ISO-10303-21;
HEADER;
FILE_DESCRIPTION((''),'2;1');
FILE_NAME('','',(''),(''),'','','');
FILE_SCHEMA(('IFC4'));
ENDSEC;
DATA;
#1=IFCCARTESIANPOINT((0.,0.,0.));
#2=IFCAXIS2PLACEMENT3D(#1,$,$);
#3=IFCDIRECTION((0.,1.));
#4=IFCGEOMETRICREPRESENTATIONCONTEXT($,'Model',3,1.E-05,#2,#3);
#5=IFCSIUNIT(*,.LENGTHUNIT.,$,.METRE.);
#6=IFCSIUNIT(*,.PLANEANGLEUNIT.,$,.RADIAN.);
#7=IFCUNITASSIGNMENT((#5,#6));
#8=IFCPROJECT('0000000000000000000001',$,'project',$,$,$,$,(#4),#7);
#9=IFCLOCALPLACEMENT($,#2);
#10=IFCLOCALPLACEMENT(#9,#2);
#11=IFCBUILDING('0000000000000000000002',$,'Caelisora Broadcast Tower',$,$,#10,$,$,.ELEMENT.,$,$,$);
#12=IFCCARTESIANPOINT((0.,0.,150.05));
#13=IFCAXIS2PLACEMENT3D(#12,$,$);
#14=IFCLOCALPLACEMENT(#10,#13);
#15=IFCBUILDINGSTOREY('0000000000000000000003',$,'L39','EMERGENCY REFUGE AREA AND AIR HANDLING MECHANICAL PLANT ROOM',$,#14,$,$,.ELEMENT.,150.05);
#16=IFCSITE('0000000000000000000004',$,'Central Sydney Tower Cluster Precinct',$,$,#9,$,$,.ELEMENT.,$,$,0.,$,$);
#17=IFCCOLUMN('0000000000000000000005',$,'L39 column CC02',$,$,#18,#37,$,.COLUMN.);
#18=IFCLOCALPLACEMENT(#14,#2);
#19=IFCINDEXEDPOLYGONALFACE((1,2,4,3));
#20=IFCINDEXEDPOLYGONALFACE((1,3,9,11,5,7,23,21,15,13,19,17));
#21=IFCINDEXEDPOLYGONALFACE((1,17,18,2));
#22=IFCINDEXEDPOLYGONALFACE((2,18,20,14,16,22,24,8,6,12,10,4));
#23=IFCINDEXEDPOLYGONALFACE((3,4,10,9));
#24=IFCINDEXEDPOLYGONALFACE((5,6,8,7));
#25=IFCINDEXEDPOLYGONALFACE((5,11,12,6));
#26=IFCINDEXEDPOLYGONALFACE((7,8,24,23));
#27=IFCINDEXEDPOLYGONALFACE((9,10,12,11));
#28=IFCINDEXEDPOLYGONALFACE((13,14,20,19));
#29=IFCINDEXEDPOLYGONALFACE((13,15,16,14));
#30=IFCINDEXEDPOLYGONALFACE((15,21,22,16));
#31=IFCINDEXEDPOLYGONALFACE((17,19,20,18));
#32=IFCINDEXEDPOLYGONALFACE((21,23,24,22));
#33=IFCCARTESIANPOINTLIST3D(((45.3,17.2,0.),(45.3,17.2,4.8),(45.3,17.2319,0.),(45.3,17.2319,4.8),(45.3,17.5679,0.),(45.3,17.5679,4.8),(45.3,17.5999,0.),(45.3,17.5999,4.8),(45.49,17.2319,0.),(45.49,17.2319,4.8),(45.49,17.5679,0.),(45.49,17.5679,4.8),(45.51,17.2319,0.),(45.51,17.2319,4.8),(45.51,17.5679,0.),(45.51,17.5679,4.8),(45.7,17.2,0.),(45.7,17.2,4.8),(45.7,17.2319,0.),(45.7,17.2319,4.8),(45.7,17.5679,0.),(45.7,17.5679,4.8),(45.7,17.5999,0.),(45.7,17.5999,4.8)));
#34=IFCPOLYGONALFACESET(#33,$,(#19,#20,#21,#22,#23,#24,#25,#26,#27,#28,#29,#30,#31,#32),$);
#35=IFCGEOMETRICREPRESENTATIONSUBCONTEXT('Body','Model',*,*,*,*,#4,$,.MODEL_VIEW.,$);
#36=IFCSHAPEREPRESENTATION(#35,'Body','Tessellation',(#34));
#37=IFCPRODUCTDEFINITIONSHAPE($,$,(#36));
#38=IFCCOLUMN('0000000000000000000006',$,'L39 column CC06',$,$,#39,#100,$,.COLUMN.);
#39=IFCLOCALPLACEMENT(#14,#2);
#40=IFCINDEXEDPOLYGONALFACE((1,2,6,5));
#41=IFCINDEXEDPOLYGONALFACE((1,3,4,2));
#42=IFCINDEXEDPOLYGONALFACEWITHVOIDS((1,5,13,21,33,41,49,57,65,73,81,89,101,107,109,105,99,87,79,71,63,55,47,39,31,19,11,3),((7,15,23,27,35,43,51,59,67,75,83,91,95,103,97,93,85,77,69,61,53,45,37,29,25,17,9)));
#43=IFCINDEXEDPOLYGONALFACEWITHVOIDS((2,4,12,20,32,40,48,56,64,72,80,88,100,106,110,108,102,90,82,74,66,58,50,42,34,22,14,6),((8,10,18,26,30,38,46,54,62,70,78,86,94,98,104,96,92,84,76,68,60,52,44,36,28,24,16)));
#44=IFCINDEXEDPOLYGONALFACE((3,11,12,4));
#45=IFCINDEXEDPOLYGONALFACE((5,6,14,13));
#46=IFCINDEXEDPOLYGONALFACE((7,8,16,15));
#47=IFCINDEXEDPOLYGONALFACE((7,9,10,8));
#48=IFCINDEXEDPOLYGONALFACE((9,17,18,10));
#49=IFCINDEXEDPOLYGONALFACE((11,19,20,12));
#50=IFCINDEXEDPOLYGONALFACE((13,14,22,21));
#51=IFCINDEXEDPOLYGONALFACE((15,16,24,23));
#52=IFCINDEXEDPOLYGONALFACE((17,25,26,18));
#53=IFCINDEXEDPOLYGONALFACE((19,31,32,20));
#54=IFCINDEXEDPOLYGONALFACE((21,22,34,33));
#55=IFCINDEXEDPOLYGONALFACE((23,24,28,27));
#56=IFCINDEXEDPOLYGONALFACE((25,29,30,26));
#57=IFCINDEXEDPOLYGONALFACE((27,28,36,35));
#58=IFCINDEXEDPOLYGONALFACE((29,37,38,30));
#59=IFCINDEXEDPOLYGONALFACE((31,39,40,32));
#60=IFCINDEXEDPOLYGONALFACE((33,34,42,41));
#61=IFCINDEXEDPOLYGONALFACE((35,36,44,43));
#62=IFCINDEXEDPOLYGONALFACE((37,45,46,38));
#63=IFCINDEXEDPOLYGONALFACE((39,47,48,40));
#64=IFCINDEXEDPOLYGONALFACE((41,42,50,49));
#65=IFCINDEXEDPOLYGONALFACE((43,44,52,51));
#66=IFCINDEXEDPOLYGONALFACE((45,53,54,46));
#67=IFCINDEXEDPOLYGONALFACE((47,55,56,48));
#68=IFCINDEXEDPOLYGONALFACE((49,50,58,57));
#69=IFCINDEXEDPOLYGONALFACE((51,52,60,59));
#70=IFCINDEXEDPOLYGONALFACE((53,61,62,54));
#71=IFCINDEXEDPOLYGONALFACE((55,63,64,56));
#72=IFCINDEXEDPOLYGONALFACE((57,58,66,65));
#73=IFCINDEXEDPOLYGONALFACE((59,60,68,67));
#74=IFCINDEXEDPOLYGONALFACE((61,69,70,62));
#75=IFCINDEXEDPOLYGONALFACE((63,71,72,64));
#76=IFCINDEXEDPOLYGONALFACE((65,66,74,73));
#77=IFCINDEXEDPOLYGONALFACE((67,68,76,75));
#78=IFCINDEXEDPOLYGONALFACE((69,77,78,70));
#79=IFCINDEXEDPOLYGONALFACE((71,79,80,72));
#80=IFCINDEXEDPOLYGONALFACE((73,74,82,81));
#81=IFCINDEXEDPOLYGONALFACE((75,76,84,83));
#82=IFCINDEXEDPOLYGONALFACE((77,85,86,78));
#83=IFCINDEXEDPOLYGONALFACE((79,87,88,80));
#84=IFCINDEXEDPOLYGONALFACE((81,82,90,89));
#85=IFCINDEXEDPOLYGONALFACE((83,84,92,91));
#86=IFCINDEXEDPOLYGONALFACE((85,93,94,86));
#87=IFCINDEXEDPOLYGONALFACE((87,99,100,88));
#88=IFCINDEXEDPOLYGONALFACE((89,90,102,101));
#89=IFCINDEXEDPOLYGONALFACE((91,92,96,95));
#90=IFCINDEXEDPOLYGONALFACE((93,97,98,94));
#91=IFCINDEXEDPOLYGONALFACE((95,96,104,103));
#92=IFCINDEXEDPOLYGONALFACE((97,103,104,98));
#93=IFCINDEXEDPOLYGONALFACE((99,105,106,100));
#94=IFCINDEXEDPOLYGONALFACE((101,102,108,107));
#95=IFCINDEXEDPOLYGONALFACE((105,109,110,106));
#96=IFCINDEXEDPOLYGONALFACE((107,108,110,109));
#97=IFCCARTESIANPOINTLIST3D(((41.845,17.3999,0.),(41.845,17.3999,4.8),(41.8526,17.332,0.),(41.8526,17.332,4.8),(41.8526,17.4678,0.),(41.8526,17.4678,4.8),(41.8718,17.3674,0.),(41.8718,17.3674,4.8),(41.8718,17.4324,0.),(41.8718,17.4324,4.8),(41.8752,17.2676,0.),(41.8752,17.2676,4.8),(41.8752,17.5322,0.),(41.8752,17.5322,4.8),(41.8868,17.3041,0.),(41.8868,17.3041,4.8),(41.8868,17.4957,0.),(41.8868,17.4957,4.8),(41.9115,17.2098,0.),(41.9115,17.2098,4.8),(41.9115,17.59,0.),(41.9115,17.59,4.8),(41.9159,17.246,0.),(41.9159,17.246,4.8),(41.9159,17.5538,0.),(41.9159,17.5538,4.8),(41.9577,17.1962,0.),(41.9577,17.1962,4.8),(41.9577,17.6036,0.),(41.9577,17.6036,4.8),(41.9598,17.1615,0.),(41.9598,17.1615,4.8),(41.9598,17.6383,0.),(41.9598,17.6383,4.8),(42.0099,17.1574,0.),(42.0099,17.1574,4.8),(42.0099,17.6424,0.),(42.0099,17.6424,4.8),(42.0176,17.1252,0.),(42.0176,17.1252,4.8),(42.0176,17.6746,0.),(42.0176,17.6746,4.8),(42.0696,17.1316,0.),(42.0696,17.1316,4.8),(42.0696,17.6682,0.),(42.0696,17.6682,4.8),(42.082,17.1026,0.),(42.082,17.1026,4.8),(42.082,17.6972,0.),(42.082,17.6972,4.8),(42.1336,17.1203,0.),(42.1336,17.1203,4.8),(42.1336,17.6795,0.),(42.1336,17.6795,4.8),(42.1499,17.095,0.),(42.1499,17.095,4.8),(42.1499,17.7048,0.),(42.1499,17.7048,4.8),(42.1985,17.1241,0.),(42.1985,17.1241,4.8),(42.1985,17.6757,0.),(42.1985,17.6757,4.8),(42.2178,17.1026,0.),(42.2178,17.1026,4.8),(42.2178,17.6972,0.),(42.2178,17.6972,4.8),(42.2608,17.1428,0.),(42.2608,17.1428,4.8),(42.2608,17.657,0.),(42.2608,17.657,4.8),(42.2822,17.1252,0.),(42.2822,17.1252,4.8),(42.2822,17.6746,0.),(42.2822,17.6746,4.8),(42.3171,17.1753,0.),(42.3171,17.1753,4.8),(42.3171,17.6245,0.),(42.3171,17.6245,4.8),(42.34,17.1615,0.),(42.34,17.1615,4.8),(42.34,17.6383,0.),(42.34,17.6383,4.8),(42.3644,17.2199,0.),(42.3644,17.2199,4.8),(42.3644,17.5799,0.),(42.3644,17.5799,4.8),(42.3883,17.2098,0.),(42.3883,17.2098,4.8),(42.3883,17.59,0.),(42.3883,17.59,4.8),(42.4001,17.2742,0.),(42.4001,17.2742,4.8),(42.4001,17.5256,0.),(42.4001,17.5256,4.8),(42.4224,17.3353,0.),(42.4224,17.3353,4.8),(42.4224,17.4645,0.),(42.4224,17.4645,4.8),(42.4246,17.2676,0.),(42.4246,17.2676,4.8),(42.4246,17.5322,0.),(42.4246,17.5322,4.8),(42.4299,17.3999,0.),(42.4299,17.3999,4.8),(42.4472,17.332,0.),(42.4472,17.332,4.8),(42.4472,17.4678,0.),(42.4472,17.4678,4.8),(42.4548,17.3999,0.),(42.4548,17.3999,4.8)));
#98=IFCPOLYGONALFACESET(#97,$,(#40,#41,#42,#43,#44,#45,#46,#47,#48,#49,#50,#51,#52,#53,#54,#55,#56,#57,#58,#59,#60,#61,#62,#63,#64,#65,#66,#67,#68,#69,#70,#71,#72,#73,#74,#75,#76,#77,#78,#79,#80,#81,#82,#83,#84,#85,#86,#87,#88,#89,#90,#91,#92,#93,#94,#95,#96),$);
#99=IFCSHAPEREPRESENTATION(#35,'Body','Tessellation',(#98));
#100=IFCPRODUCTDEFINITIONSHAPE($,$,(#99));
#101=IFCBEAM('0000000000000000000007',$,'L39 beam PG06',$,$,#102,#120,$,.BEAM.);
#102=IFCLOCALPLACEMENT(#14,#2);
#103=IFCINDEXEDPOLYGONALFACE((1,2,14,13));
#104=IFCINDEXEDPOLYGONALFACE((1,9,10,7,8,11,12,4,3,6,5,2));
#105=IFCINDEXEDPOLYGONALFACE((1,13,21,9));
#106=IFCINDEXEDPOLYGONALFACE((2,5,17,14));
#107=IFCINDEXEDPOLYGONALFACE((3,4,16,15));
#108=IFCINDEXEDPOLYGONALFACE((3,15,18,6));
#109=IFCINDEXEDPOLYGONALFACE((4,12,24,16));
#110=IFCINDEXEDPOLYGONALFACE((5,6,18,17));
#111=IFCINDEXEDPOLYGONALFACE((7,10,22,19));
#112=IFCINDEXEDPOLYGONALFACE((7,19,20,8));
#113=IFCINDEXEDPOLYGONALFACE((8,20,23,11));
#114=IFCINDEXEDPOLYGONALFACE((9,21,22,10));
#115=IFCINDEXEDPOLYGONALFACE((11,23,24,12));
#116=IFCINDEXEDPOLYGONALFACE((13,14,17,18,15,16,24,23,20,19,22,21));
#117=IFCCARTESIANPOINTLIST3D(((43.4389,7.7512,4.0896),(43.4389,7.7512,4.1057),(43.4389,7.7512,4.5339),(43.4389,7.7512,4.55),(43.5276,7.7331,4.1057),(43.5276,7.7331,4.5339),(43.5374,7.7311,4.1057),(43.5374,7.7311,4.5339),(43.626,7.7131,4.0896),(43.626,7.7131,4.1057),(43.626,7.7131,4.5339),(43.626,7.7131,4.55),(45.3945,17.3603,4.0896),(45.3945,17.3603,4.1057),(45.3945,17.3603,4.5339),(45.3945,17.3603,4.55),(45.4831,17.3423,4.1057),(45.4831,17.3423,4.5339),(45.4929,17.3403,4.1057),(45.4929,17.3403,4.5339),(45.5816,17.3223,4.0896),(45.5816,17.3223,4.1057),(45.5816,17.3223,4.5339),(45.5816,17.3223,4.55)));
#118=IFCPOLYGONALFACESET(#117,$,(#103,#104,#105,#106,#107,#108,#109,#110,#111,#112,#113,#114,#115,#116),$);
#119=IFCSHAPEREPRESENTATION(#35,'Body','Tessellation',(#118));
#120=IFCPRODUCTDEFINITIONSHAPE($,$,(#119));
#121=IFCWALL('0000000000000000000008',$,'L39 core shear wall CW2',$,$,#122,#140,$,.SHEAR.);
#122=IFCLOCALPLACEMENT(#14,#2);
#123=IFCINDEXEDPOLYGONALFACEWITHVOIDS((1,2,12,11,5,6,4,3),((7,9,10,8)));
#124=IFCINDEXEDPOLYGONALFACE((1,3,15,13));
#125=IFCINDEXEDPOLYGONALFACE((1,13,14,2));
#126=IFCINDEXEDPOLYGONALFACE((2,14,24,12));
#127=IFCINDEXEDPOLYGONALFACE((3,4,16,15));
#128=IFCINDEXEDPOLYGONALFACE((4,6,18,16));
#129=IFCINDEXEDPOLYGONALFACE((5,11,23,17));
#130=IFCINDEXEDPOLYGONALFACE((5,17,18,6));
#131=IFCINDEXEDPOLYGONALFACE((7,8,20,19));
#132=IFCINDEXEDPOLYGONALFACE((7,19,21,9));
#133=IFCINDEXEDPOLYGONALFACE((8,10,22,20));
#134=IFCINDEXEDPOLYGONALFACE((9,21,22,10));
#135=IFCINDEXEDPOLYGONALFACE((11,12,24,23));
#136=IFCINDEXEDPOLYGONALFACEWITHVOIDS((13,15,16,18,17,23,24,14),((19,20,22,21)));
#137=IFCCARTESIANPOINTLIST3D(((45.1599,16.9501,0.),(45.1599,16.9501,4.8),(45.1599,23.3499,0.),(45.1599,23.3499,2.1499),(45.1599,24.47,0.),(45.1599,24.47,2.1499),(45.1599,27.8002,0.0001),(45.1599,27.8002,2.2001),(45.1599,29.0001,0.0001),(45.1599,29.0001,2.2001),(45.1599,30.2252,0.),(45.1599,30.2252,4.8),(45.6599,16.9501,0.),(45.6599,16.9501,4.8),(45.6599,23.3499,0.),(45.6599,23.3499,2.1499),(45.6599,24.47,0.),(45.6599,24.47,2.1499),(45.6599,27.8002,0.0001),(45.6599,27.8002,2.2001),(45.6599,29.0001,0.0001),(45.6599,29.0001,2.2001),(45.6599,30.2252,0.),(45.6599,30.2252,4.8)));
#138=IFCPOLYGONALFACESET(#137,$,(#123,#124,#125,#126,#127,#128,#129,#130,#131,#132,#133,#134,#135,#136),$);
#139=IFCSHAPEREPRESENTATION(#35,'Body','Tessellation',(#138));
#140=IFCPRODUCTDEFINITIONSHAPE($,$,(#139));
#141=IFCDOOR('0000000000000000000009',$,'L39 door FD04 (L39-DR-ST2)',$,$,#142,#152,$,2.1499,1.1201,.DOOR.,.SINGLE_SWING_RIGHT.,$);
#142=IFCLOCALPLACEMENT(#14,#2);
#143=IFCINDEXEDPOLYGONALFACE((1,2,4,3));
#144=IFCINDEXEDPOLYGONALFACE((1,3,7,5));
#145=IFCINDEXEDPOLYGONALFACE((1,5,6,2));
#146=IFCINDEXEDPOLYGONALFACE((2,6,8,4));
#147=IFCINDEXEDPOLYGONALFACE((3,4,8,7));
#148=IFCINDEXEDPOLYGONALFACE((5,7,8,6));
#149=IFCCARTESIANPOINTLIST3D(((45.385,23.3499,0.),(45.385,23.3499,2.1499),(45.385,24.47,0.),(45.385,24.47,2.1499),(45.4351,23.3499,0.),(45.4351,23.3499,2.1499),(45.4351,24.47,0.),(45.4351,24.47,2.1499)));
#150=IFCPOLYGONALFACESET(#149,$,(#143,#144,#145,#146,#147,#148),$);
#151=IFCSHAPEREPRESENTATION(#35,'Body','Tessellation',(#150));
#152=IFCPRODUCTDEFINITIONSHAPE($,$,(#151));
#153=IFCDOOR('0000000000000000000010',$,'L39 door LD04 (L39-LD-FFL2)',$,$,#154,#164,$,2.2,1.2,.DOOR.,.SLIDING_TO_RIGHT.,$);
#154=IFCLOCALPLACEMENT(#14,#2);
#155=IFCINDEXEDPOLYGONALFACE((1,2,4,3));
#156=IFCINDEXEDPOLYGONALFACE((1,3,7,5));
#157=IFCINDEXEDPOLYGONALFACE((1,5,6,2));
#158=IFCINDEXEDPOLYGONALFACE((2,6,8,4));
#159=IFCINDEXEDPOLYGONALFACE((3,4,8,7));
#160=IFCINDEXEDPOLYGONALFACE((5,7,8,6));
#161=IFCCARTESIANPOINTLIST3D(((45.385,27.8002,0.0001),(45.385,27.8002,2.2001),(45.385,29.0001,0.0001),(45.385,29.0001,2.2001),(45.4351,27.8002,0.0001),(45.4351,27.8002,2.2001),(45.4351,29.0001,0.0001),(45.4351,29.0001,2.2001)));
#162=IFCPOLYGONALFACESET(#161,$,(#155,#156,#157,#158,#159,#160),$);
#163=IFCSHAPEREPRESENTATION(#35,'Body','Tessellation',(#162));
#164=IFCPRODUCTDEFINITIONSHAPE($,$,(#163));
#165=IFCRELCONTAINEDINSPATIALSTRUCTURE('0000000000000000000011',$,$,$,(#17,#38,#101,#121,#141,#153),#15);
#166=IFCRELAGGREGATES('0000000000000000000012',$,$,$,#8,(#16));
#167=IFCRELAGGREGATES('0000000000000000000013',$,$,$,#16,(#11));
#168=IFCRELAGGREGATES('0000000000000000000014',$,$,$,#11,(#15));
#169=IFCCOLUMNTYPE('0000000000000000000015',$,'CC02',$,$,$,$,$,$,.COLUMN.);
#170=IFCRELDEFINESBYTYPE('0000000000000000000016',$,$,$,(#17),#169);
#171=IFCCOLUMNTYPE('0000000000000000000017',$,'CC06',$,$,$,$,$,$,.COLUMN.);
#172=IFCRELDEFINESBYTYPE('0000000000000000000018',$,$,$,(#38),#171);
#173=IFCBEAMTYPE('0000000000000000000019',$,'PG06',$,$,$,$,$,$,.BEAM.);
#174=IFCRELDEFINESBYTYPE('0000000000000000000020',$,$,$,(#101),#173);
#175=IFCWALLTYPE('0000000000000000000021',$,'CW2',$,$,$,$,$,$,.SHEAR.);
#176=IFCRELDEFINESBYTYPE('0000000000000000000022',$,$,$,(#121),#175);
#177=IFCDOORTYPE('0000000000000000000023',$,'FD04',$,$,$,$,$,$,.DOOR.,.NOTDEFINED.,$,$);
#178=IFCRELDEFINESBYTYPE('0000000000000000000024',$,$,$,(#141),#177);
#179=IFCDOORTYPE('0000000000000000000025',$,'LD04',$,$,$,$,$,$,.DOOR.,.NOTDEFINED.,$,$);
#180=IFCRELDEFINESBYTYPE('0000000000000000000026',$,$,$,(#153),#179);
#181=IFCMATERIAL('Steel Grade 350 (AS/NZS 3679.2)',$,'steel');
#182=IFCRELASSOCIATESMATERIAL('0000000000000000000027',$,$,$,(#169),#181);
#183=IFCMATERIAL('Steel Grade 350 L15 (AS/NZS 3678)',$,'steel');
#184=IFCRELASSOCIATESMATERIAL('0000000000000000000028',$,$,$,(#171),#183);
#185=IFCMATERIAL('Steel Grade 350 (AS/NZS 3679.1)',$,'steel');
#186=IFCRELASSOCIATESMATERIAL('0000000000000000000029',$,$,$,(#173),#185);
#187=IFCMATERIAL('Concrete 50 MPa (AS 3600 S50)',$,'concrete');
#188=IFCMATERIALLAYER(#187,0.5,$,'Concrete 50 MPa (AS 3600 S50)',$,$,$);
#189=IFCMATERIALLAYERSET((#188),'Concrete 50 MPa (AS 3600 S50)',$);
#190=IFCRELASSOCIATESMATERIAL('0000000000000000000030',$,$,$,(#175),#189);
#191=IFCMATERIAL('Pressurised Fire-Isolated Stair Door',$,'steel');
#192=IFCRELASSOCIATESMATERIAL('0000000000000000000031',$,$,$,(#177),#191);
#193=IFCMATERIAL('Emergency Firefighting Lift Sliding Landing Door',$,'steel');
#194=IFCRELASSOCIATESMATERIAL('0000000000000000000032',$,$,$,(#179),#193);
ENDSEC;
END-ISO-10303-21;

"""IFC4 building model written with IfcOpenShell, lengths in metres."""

from ifc_helpers import new_model, si_unit, direction, frame, frame_2d, origin, origin_2d, place, context, subcontext, project, spatial, rectangle, hollow_circle, i_section, extrude, source, transform, mapped, material, layer, layer_set, material_profile, profile_set, type_object, type_shapes, element, fill, save


model = new_model("IFC4")

# Units and contexts
model_context = context("Model", 3, precision=1e-05, world=origin(), true_north=direction((0.0, 1.0)))
body_context = subcontext(model_context, "Body", "Model", "MODEL_VIEW")
ifc_project = project(units=[si_unit("LENGTHUNIT", "METRE"), si_unit("PLANEANGLEUNIT", "RADIAN")], contexts=[model_context])

# Site, building, storey
site_placement = place(None, origin())
site = spatial("IfcSite", under=ifc_project, at=site_placement, Name="Central Sydney Tower Cluster Precinct", CompositionType="ELEMENT", RefElevation=0.0)
building_placement = place(site_placement, origin())
building = spatial("IfcBuilding", under=site, at=building_placement, Name="Caelisora Broadcast Tower", CompositionType="ELEMENT")
storey_placement = place(building_placement, frame((0.0, 0.0, 150.05)))
storey = spatial("IfcBuildingStorey", under=building, at=storey_placement, Name="L39", Description="EMERGENCY REFUGE AREA AND AIR HANDLING MECHANICAL PLANT ROOM", CompositionType="ELEMENT", Elevation=150.05)

# Columns
ifc_material_1 = material(Name="Steel Grade 350 (AS/NZS 3679.2)", Category="steel")
ifc_material_profile_1 = material_profile(ifc_material_1, i_section(OverallWidth=0.3999, OverallDepth=0.3999, WebThickness=0.02, FlangeThickness=0.032, at=origin_2d()), Name="Steel Grade 350 (AS/NZS 3679.2)")
ifc_profile_set_1 = profile_set([ifc_material_profile_1], Name="Steel Grade 350 (AS/NZS 3679.2)")
column_type_1 = type_object("IfcColumnType", Name="CC02", PredefinedType="COLUMN", material=ifc_profile_set_1)
shared_shape_1 = source(origin(), body_context, "Body", "SweptSolid", [
    extrude(i_section(OverallWidth=0.3999, OverallDepth=0.3999, WebThickness=0.02, FlangeThickness=0.032, at=origin_2d()), origin(), (0.0, 0.0, 1.0), 4.8),
])
type_shapes(column_type_1, [shared_shape_1])
column_1_placement = place(storey_placement, frame((45.5, 17.3999, 0.0), z_axis=(0.0, 0.0, 1.0), x_axis=(1.0, 0.0, 0.0)))
element("IfcColumn", 1, at=column_1_placement, inside=storey, type_object=column_type_1, Name="L39 column CC02", PredefinedType="COLUMN", context=body_context, shape_type="MappedRepresentation", body=[
    mapped(shared_shape_1, transform((0.0, 0.0, 0.0), scale=1.0)),
])
ifc_material_2 = material(Name="Steel Grade 350 L15 (AS/NZS 3678)", Category="steel")
ifc_material_profile_2 = material_profile(ifc_material_2, hollow_circle(Radius=0.3049, WallThickness=0.0249, at=origin_2d()), Name="Steel Grade 350 L15 (AS/NZS 3678)")
ifc_profile_set_2 = profile_set([ifc_material_profile_2], Name="Steel Grade 350 L15 (AS/NZS 3678)")
column_type_2 = type_object("IfcColumnType", Name="CC06", PredefinedType="COLUMN", material=ifc_profile_set_2)
shared_shape_2 = source(origin(), body_context, "Body", "SweptSolid", [
    extrude(hollow_circle(Radius=0.3049, WallThickness=0.0249, at=origin_2d()), origin(), (0.0, 0.0, 1.0), 4.8),
])
type_shapes(column_type_2, [shared_shape_2])
column_2_placement = place(storey_placement, frame((42.1499, 17.3999, 0.0), z_axis=(0.0, 0.0, 1.0), x_axis=(1.0, 0.0, 0.0)))
element("IfcColumn", 2, at=column_2_placement, inside=storey, type_object=column_type_2, Name="L39 column CC06", PredefinedType="COLUMN", context=body_context, shape_type="MappedRepresentation", body=[
    mapped(shared_shape_2, transform((0.0, 0.0, 0.0), scale=1.0)),
])

# Beam
ifc_material_3 = material(Name="Steel Grade 350 (AS/NZS 3679.1)", Category="steel")
ifc_material_profile_3 = material_profile(ifc_material_3, i_section(OverallWidth=0.1909, OverallDepth=0.4604, WebThickness=0.01, FlangeThickness=0.0161, at=origin_2d()), Name="Steel Grade 350 (AS/NZS 3679.1)")
ifc_profile_set_3 = profile_set([ifc_material_profile_3], Name="Steel Grade 350 (AS/NZS 3679.1)")
beam_type = type_object("IfcBeamType", Name="PG06", PredefinedType="BEAM", material=ifc_profile_set_3)
shared_shape_3 = source(origin(), body_context, "Body", "SweptSolid", [
    extrude(i_section(OverallWidth=0.1909, OverallDepth=0.4604, WebThickness=0.01, FlangeThickness=0.0161, at=origin_2d()), origin(), (0.0, 0.0, 1.0), 9.8062),
])
type_shapes(beam_type, [shared_shape_3])
beam_placement = place(storey_placement, frame((45.488, 17.3413, 4.3198), z_axis=(-0.199423, -0.979913, 0.0), x_axis=(0.979913, -0.199423, 0.0)))
element("IfcBeam", 3, at=beam_placement, inside=storey, type_object=beam_type, Name="L39 beam PG06", PredefinedType="BEAM", context=body_context, shape_type="MappedRepresentation", body=[
    mapped(shared_shape_3, transform((0.0, 0.0, 0.0), scale=1.0)),
])

# Wall, openings, doors
ifc_material_4 = material(Name="Concrete 50 MPa (AS 3600 S50)", Category="concrete")
ifc_layer_1 = layer(ifc_material_4, 0.5, Name="Concrete 50 MPa (AS 3600 S50)")
ifc_layer_set_1 = layer_set([ifc_layer_1], Name="Concrete 50 MPa (AS 3600 S50)")
wall_type_1 = type_object("IfcWallType", Name="CW2", PredefinedType="SHEAR", material=ifc_layer_set_1)
wall_1_placement = place(storey_placement, frame((45.4099, 16.95, 0.0), z_axis=(0.0, 0.0, 1.0), x_axis=(0.0, 1.0, 0.0)))
wall_1 = element("IfcWall", 4, at=wall_1_placement, inside=storey, type_object=wall_type_1, Name="L39 core shear wall CW2", PredefinedType="SHEAR", context=body_context, shape_type="SweptSolid", body=[
    extrude(rectangle(XDim=13.2751, YDim=0.5, at=frame_2d((6.6377, 0.0))), origin(), (0.0, 0.0, 1.0), 4.8),
])
opening_1_placement = place(wall_1_placement, frame((6.3999, 0.0, 0.0)))
opening_1 = element("IfcOpeningElement", 5, at=opening_1_placement, cuts=wall_1, PredefinedType="OPENING", context=body_context, shape_type="SweptSolid", body=[
    extrude(rectangle(XDim=1.1201, YDim=2.1499, at=frame_2d((0.5601, 1.075))), frame((0.0, 0.262, 0.0), z_axis=(0.0, -1.0, 0.0), x_axis=(1.0, 0.0, 0.0)), (0.0, 0.0, 1.0), 0.5239),
])
opening_2_placement = place(wall_1_placement, frame((10.8501, 0.0, 0.0)))
opening_2 = element("IfcOpeningElement", 6, at=opening_2_placement, cuts=wall_1, PredefinedType="OPENING", context=body_context, shape_type="SweptSolid", body=[
    extrude(rectangle(XDim=1.2, YDim=2.2, at=frame_2d((0.6001, 1.1001))), frame((0.0, 0.262, 0.0), z_axis=(0.0, -1.0, 0.0), x_axis=(1.0, 0.0, 0.0)), (0.0, 0.0, 1.0), 0.5239),
])
ifc_material_5 = material(Name="Pressurised Fire-Isolated Stair Door", Category="steel")
door_type_1 = type_object("IfcDoorType", Name="FD04", OperationType="NOTDEFINED", PredefinedType="DOOR", material=ifc_material_5)
door_1_placement = place(opening_1_placement, origin())
door_1 = element("IfcDoor", 7, at=door_1_placement, inside=storey, type_object=door_type_1, Name="L39 door FD04 (L39-DR-ST2)", OperationType="SINGLE_SWING_RIGHT", OverallHeight=2.1499, OverallWidth=1.1201, PredefinedType="DOOR", context=body_context, shape_type="SweptSolid", body=[
    extrude(rectangle(XDim=1.1201, YDim=2.1499, at=frame_2d((0.5601, 1.075))), frame((0.0, 0.0249, 0.0), z_axis=(0.0, -1.0, 0.0), x_axis=(1.0, 0.0, 0.0)), (0.0, 0.0, 1.0), 0.05),
])
fill(opening_1, door_1)
ifc_material_6 = material(Name="Emergency Firefighting Lift Sliding Landing Door", Category="steel")
door_type_2 = type_object("IfcDoorType", Name="LD04", OperationType="NOTDEFINED", PredefinedType="DOOR", material=ifc_material_6)
door_2_placement = place(opening_2_placement, origin())
door_2 = element("IfcDoor", 8, at=door_2_placement, inside=storey, type_object=door_type_2, Name="L39 door LD04 (L39-LD-FFL2)", OperationType="SLIDING_TO_RIGHT", OverallHeight=2.2, OverallWidth=1.2, PredefinedType="DOOR", context=body_context, shape_type="SweptSolid", body=[
    extrude(rectangle(XDim=1.2, YDim=2.2, at=frame_2d((0.6001, 1.1001))), frame((0.0, 0.0249, 0.0), z_axis=(0.0, -1.0, 0.0), x_axis=(1.0, 0.0, 0.0)), (0.0, 0.0, 1.0), 0.05),
])
fill(opening_2, door_2)

save(model, "model.ifc")
